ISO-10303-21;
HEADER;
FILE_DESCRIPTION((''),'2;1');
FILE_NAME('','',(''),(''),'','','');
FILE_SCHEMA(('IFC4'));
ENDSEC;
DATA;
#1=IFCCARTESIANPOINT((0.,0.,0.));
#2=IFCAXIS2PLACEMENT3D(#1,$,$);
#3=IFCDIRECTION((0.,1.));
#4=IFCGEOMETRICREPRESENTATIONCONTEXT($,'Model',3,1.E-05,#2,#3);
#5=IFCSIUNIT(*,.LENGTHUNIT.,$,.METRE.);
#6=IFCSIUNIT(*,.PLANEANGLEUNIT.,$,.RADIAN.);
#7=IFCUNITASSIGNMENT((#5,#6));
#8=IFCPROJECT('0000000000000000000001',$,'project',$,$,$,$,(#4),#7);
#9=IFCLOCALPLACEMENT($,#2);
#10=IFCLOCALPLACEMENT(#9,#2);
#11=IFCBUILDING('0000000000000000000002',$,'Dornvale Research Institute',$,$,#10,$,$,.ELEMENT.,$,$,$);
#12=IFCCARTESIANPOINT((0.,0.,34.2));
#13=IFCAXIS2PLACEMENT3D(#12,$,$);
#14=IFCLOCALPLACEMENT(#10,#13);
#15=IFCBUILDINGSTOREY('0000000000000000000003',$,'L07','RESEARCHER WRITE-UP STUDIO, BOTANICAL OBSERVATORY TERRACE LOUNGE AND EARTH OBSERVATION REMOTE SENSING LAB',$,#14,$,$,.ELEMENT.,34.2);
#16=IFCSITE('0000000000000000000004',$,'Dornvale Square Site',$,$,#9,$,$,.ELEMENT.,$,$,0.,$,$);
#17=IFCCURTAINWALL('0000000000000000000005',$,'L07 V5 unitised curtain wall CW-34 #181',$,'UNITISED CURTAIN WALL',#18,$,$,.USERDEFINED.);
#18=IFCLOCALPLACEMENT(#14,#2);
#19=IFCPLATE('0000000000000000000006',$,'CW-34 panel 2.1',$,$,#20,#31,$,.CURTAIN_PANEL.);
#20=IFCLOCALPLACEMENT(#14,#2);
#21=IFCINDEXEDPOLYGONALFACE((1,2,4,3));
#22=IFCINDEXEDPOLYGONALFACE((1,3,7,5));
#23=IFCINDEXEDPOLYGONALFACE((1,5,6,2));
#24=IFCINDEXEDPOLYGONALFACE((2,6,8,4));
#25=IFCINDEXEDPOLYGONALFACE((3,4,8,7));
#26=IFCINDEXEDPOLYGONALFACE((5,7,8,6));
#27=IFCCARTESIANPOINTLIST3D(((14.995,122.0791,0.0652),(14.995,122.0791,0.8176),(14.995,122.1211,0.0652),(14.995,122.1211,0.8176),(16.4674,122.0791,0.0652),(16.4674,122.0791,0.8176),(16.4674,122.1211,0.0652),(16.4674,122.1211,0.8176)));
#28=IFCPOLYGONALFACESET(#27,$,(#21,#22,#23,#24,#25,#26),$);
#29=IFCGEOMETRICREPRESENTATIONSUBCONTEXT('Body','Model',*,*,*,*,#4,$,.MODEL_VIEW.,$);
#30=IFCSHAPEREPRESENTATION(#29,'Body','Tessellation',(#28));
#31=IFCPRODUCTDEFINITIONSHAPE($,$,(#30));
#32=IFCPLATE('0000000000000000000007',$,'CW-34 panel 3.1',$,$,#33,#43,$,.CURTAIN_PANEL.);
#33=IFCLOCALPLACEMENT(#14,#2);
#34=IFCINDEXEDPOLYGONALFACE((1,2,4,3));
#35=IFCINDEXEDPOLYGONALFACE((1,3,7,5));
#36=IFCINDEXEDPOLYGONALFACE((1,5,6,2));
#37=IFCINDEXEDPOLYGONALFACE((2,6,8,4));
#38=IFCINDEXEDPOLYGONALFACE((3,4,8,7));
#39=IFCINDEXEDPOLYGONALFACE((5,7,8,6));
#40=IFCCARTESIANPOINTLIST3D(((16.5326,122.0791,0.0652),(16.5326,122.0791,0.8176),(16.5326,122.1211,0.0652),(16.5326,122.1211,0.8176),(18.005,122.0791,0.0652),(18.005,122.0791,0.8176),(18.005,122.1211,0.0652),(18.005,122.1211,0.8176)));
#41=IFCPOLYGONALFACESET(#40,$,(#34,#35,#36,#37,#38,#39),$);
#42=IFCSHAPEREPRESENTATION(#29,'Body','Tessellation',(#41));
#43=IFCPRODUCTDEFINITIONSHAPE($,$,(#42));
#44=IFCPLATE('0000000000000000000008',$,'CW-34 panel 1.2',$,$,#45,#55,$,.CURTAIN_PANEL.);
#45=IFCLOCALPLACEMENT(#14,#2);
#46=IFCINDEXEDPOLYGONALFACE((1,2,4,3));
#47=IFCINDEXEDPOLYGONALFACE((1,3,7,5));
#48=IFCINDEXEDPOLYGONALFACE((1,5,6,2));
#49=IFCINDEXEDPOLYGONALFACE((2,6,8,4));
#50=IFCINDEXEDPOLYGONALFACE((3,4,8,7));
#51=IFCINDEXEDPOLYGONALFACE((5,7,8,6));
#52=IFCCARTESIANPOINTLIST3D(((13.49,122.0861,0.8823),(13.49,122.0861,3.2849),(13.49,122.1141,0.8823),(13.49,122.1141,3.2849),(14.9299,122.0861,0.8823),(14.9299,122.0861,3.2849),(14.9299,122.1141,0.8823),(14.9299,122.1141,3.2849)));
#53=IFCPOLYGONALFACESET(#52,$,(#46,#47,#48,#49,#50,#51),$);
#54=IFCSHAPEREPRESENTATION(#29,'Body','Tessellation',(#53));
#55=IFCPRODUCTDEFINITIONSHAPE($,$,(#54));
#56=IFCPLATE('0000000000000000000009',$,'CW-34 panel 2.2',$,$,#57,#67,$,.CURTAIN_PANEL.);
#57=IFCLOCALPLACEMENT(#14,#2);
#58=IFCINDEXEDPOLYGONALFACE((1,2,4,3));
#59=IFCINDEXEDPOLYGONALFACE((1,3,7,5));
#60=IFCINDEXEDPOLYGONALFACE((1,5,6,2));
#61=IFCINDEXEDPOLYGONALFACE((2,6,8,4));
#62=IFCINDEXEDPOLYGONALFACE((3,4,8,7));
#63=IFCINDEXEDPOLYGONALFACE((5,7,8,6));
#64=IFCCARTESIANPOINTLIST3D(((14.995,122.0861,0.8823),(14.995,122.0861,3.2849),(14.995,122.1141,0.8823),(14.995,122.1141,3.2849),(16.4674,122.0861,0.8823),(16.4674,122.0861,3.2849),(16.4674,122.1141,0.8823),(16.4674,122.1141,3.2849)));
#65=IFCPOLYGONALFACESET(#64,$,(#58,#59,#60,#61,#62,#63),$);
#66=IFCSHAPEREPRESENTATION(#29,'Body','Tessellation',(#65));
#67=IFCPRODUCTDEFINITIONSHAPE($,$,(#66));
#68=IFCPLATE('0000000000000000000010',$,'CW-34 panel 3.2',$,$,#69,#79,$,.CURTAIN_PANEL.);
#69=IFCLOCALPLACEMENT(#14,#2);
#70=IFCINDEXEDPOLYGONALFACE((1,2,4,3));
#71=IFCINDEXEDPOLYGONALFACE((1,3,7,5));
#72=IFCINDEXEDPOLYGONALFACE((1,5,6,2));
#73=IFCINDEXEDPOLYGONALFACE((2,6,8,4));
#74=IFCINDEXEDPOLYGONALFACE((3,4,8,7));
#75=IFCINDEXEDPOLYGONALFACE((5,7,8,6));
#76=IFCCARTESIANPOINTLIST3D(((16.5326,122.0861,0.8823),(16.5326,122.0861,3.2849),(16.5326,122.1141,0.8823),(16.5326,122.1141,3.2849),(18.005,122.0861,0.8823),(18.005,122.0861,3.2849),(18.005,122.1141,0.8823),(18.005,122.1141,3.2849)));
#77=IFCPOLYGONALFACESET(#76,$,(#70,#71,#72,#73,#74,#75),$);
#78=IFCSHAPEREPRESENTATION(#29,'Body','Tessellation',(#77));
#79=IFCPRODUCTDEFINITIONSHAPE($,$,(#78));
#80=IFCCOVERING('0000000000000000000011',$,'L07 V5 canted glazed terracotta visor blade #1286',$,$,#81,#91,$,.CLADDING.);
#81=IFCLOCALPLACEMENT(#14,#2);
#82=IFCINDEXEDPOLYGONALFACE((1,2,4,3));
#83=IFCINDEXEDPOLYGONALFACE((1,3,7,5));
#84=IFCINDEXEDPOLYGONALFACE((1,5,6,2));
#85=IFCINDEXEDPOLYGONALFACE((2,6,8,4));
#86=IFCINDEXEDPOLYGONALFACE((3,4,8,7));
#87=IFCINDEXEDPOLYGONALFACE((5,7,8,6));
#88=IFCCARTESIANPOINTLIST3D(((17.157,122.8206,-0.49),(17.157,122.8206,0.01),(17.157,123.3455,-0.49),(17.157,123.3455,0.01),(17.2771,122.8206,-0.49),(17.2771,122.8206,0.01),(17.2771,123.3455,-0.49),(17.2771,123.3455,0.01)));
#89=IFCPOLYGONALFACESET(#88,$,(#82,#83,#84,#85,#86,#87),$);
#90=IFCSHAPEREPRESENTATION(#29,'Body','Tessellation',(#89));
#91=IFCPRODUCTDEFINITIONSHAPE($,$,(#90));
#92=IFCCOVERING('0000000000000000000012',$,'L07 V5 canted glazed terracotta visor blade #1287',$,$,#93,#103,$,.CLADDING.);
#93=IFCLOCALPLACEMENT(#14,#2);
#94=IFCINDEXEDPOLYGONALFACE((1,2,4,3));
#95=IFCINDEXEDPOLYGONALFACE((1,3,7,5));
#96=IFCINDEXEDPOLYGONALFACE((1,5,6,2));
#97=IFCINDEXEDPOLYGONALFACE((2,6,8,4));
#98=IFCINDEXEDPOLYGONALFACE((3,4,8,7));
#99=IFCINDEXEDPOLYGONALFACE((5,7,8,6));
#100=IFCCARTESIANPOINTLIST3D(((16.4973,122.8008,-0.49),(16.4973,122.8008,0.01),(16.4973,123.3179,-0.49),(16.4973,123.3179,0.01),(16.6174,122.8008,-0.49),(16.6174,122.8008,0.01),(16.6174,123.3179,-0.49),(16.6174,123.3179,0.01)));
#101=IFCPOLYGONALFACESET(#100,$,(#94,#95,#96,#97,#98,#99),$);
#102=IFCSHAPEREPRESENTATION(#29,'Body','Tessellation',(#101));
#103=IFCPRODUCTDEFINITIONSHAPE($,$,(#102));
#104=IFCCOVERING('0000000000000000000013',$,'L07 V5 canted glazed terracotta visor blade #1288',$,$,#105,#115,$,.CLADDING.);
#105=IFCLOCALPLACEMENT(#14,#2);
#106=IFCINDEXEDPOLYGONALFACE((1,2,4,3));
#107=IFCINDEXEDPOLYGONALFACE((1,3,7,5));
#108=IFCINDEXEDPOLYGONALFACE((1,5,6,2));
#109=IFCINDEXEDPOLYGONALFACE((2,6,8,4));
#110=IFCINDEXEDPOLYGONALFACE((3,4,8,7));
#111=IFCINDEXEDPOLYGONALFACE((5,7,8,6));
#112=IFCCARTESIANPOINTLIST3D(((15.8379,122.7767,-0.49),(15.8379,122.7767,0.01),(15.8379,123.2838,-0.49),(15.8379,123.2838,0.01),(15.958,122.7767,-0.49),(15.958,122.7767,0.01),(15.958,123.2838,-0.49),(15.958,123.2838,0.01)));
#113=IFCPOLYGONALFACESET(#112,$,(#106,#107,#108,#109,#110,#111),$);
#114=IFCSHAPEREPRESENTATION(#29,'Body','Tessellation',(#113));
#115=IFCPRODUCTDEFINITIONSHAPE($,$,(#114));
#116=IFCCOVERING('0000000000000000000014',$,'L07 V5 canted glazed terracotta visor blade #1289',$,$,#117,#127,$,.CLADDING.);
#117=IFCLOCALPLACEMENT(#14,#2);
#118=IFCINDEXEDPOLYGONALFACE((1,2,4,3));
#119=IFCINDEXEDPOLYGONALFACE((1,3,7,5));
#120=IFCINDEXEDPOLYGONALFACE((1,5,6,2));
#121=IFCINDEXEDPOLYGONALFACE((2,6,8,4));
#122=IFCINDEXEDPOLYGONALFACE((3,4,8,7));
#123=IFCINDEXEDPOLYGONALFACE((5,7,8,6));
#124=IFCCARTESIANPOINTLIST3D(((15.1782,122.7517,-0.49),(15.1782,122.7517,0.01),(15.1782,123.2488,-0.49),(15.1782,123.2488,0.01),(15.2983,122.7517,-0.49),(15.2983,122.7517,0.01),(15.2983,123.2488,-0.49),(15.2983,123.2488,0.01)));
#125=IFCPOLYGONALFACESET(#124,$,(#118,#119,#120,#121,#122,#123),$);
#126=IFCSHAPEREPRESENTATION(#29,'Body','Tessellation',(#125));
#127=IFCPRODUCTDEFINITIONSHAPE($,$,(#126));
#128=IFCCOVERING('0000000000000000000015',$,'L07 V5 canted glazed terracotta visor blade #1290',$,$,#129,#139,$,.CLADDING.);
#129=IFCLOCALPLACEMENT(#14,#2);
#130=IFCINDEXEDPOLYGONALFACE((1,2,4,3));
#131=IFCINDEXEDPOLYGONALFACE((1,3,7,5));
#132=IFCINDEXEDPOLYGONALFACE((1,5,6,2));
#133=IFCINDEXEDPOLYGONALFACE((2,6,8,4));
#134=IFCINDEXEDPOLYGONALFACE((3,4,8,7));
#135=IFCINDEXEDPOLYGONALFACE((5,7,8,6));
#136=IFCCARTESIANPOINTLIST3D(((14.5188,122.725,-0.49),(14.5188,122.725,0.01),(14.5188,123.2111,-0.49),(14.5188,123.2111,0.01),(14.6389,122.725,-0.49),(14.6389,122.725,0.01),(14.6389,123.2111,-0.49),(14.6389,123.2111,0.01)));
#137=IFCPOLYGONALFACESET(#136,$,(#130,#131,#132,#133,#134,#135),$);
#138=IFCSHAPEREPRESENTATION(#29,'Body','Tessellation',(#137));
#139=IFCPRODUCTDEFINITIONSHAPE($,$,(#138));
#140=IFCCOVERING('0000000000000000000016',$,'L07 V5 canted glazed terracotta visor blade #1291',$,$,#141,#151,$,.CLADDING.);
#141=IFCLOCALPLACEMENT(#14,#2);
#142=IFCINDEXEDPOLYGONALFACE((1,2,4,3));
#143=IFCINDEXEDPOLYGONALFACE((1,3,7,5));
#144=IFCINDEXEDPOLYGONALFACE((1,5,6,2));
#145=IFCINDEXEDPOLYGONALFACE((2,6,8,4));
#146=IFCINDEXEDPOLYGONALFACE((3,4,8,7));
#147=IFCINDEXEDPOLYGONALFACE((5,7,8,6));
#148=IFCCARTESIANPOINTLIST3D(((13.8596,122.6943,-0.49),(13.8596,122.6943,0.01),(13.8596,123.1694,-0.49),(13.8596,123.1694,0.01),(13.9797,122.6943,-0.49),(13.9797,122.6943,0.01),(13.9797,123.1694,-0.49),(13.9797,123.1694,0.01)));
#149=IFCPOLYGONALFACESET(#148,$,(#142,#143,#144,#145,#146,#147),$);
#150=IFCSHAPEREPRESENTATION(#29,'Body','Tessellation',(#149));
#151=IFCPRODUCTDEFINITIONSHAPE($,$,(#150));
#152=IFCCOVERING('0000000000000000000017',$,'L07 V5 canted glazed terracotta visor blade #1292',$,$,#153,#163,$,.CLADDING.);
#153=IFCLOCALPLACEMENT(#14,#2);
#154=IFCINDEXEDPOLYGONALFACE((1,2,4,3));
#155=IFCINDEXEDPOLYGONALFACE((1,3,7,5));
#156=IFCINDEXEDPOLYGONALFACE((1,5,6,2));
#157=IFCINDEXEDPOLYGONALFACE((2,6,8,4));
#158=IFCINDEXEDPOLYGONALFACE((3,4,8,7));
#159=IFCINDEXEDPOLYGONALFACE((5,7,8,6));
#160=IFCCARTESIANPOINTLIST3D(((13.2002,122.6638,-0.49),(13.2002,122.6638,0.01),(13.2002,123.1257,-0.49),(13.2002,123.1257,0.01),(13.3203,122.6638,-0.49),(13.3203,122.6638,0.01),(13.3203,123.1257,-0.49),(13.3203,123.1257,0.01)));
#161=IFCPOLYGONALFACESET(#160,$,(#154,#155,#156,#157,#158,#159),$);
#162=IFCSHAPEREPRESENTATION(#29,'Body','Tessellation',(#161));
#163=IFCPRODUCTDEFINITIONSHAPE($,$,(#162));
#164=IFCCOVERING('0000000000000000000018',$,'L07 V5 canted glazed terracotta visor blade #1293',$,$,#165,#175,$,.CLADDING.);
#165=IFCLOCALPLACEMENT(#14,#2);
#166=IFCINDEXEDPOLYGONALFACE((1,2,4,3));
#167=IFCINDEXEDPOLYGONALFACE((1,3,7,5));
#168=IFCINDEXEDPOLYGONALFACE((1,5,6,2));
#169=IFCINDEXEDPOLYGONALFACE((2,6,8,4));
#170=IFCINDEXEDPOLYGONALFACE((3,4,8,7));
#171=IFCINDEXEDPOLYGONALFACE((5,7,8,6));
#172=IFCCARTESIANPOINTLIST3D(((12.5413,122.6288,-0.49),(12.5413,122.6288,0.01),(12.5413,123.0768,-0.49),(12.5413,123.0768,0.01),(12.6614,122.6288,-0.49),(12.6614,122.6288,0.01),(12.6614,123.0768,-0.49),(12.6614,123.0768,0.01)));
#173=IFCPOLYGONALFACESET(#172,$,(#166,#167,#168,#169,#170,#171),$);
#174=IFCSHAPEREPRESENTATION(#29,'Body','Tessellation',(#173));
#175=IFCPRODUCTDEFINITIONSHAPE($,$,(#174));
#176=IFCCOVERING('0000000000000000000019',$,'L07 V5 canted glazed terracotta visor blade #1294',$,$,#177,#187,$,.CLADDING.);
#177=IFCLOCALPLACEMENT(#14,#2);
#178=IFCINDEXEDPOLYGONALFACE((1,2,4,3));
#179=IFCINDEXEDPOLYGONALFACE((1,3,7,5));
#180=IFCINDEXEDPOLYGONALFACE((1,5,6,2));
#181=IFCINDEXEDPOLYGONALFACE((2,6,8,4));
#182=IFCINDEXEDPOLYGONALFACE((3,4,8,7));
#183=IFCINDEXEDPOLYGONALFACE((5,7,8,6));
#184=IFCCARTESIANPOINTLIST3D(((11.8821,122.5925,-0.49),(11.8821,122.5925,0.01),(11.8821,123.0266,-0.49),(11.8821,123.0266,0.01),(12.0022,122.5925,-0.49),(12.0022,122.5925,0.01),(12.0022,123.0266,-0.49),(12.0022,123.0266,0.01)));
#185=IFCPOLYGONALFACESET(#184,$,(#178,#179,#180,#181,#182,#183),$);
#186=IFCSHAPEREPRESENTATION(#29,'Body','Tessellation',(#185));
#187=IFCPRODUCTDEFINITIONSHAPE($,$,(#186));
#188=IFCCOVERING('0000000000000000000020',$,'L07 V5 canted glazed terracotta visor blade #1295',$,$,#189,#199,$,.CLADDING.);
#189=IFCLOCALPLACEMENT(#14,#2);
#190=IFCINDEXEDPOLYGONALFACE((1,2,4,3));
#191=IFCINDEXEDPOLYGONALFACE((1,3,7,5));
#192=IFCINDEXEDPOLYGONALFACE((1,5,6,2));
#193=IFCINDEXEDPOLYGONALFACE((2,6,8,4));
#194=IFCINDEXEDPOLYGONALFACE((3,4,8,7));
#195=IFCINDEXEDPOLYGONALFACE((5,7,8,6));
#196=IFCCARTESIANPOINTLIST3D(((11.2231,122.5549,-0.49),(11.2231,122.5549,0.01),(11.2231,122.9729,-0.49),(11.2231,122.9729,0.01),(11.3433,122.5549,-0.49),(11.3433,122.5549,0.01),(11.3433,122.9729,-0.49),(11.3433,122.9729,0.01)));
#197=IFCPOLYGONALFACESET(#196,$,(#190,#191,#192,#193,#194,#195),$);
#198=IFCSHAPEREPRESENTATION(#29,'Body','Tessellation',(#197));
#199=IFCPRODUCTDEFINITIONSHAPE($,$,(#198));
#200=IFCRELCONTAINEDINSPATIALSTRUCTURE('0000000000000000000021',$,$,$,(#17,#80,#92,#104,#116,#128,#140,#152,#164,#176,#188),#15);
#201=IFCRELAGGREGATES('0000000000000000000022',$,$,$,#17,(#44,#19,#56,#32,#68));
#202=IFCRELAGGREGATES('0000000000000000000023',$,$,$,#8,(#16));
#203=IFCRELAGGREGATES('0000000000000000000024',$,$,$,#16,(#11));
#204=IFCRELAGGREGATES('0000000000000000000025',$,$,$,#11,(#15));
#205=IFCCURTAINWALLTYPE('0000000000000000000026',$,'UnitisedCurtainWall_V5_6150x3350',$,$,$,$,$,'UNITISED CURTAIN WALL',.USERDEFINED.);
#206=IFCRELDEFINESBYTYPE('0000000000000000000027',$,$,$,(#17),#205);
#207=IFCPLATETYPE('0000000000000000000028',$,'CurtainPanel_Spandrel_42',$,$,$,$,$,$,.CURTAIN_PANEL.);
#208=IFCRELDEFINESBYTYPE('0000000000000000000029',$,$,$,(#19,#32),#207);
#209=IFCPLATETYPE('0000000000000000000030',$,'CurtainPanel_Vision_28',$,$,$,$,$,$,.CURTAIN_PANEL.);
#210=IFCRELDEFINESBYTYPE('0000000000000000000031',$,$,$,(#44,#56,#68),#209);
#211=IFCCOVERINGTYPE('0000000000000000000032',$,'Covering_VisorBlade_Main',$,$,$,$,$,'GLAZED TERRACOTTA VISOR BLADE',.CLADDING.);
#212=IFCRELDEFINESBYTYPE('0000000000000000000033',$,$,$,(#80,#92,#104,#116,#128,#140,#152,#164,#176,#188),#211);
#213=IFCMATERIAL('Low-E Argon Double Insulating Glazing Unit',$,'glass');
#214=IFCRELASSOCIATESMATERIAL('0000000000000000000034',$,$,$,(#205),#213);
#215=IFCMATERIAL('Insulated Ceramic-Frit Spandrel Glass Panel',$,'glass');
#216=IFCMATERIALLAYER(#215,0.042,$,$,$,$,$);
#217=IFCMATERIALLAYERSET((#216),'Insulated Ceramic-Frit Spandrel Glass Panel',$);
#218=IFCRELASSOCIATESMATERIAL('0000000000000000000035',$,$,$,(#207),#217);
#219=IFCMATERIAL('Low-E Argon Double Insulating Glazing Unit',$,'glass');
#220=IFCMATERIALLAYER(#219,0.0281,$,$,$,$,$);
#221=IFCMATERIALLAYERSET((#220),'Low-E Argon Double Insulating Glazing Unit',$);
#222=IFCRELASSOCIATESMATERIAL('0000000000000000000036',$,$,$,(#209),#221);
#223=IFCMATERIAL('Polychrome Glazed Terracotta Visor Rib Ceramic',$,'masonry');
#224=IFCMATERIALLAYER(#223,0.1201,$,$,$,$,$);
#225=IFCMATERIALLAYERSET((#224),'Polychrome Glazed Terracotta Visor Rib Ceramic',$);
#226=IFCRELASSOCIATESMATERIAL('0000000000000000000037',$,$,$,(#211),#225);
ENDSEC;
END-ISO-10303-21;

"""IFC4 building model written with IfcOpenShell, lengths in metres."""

from ifc_helpers import new_model, si_unit, direction, frame, origin, origin_2d, place, context, subcontext, project, spatial, rectangle, extrude, material, layer, layer_set, type_object, element, aggregate, save


model = new_model("IFC4")

# Units and contexts
model_context = context("Model", 3, precision=1e-05, world=origin(), true_north=direction((0.0, 1.0)))
body_context = subcontext(model_context, "Body", "Model", "MODEL_VIEW")
ifc_project = project(units=[si_unit("LENGTHUNIT", "METRE"), si_unit("PLANEANGLEUNIT", "RADIAN")], contexts=[model_context])

# Site, building, storey
site_placement = place(None, origin())
site = spatial("IfcSite", under=ifc_project, at=site_placement, Name="Dornvale Square Site", CompositionType="ELEMENT", RefElevation=0.0)
building_placement = place(site_placement, origin())
building = spatial("IfcBuilding", under=site, at=building_placement, Name="Dornvale Research Institute", CompositionType="ELEMENT")
storey_placement = place(building_placement, frame((0.0, 0.0, 34.2)))
storey = spatial("IfcBuildingStorey", under=building, at=storey_placement, Name="L07", Description="RESEARCHER WRITE-UP STUDIO, BOTANICAL OBSERVATORY TERRACE LOUNGE AND EARTH OBSERVATION REMOTE SENSING LAB", CompositionType="ELEMENT", Elevation=34.2)

# Curtain wall
ifc_material_1 = material(Name="Low-E Argon Double Insulating Glazing Unit", Category="glass")
curtain_wall_type = type_object("IfcCurtainWallType", Name="UnitisedCurtainWall_V5_6150x3350", ElementType="UNITISED CURTAIN WALL", PredefinedType="USERDEFINED", material=ifc_material_1)
curtain_wall_placement = place(storey_placement, origin())
curtain_wall = element("IfcCurtainWall", 1, at=curtain_wall_placement, inside=storey, type_object=curtain_wall_type, Name="L07 V5 unitised curtain wall CW-34 #181", ObjectType="UNITISED CURTAIN WALL", PredefinedType="USERDEFINED")

# Plates
ifc_material_2 = material(Name="Insulated Ceramic-Frit Spandrel Glass Panel", Category="glass")
ifc_layer_1 = layer(ifc_material_2, 0.042)
ifc_layer_set_1 = layer_set([ifc_layer_1], Name="Insulated Ceramic-Frit Spandrel Glass Panel")
plate_type_1 = type_object("IfcPlateType", Name="CurtainPanel_Spandrel_42", PredefinedType="CURTAIN_PANEL", material=ifc_layer_set_1)
plate_1_placement = place(storey_placement, frame((15.7312, 122.1001, 0.0652), z_axis=(0.0, 0.0, 1.0), x_axis=(1.0, 0.0, 0.0)))
plate_1 = element("IfcPlate", 2, at=plate_1_placement, type_object=plate_type_1, Name="CW-34 panel 2.1", PredefinedType="CURTAIN_PANEL", context=body_context, shape_type="SweptSolid", body=[
    extrude(rectangle(XDim=1.4724, YDim=0.042, at=origin_2d()), origin(), (0.0, 0.0, 1.0), 0.7524),
])
plate_2_placement = place(storey_placement, frame((17.2688, 122.1001, 0.0652), z_axis=(0.0, 0.0, 1.0), x_axis=(1.0, 0.0, 0.0)))
plate_2 = element("IfcPlate", 3, at=plate_2_placement, type_object=plate_type_1, Name="CW-34 panel 3.1", PredefinedType="CURTAIN_PANEL", context=body_context, shape_type="SweptSolid", body=[
    extrude(rectangle(XDim=1.4724, YDim=0.042, at=origin_2d()), origin(), (0.0, 0.0, 1.0), 0.7524),
])
ifc_material_3 = material(Name="Low-E Argon Double Insulating Glazing Unit", Category="glass")
ifc_layer_2 = layer(ifc_material_3, 0.0281)
ifc_layer_set_2 = layer_set([ifc_layer_2], Name="Low-E Argon Double Insulating Glazing Unit")
plate_type_2 = type_object("IfcPlateType", Name="CurtainPanel_Vision_28", PredefinedType="CURTAIN_PANEL", material=ifc_layer_set_2)
plate_3_placement = place(storey_placement, frame((14.21, 122.1001, 0.8823), z_axis=(0.0, 0.0, 1.0), x_axis=(1.0, 0.0, 0.0)))
plate_3 = element("IfcPlate", 4, at=plate_3_placement, type_object=plate_type_2, Name="CW-34 panel 1.2", PredefinedType="CURTAIN_PANEL", context=body_context, shape_type="SweptSolid", body=[
    extrude(rectangle(XDim=1.4399, YDim=0.0281, at=origin_2d()), origin(), (0.0, 0.0, 1.0), 2.4026),
])
plate_4_placement = place(storey_placement, frame((15.7312, 122.1001, 0.8823), z_axis=(0.0, 0.0, 1.0), x_axis=(1.0, 0.0, 0.0)))
plate_4 = element("IfcPlate", 5, at=plate_4_placement, type_object=plate_type_2, Name="CW-34 panel 2.2", PredefinedType="CURTAIN_PANEL", context=body_context, shape_type="SweptSolid", body=[
    extrude(rectangle(XDim=1.4724, YDim=0.0281, at=origin_2d()), origin(), (0.0, 0.0, 1.0), 2.4026),
])
plate_5_placement = place(storey_placement, frame((17.2688, 122.1001, 0.8823), z_axis=(0.0, 0.0, 1.0), x_axis=(1.0, 0.0, 0.0)))
plate_5 = element("IfcPlate", 6, at=plate_5_placement, type_object=plate_type_2, Name="CW-34 panel 3.2", PredefinedType="CURTAIN_PANEL", context=body_context, shape_type="SweptSolid", body=[
    extrude(rectangle(XDim=1.4724, YDim=0.0281, at=origin_2d()), origin(), (0.0, 0.0, 1.0), 2.4026),
])
aggregate(curtain_wall, [plate_3, plate_1, plate_4, plate_2, plate_5])

# Coverings
ifc_material_4 = material(Name="Polychrome Glazed Terracotta Visor Rib Ceramic", Category="masonry")
ifc_layer_3 = layer(ifc_material_4, 0.1201)
ifc_layer_set_3 = layer_set([ifc_layer_3], Name="Polychrome Glazed Terracotta Visor Rib Ceramic")
covering_type = type_object("IfcCoveringType", Name="Covering_VisorBlade_Main", ElementType="GLAZED TERRACOTTA VISOR BLADE", PredefinedType="CLADDING", material=ifc_layer_set_3)
covering_1_placement = place(storey_placement, frame((17.217, 123.083, -0.49), z_axis=(0.0, 0.0, 1.0), x_axis=(0.0, 1.0, 0.0)))
element("IfcCovering", 7, at=covering_1_placement, inside=storey, type_object=covering_type, Name="L07 V5 canted glazed terracotta visor blade #1286", PredefinedType="CLADDING", context=body_context, shape_type="SweptSolid", body=[
    extrude(rectangle(XDim=0.5249, YDim=0.1201, at=origin_2d()), origin(), (0.0, 0.0, 1.0), 0.5),
])
covering_2_placement = place(storey_placement, frame((16.5574, 123.0593, -0.49), z_axis=(0.0, 0.0, 1.0), x_axis=(0.0, 1.0, 0.0)))
element("IfcCovering", 8, at=covering_2_placement, inside=storey, type_object=covering_type, Name="L07 V5 canted glazed terracotta visor blade #1287", PredefinedType="CLADDING", context=body_context, shape_type="SweptSolid", body=[
    extrude(rectangle(XDim=0.5171, YDim=0.1201, at=origin_2d()), origin(), (0.0, 0.0, 1.0), 0.5),
])
covering_3_placement = place(storey_placement, frame((15.8979, 123.0303, -0.49), z_axis=(0.0, 0.0, 1.0), x_axis=(0.0, 1.0, 0.0)))
element("IfcCovering", 9, at=covering_3_placement, inside=storey, type_object=covering_type, Name="L07 V5 canted glazed terracotta visor blade #1288", PredefinedType="CLADDING", context=body_context, shape_type="SweptSolid", body=[
    extrude(rectangle(XDim=0.5071, YDim=0.1201, at=origin_2d()), origin(), (0.0, 0.0, 1.0), 0.5),
])
covering_4_placement = place(storey_placement, frame((15.2383, 123.0002, -0.49), z_axis=(0.0, 0.0, 1.0), x_axis=(0.0, 1.0, 0.0)))
element("IfcCovering", 10, at=covering_4_placement, inside=storey, type_object=covering_type, Name="L07 V5 canted glazed terracotta visor blade #1289", PredefinedType="CLADDING", context=body_context, shape_type="SweptSolid", body=[
    extrude(rectangle(XDim=0.4971, YDim=0.1201, at=origin_2d()), origin(), (0.0, 0.0, 1.0), 0.5),
])
covering_5_placement = place(storey_placement, frame((14.5789, 122.968, -0.49), z_axis=(0.0, 0.0, 1.0), x_axis=(0.0, 1.0, 0.0)))
element("IfcCovering", 11, at=covering_5_placement, inside=storey, type_object=covering_type, Name="L07 V5 canted glazed terracotta visor blade #1290", PredefinedType="CLADDING", context=body_context, shape_type="SweptSolid", body=[
    extrude(rectangle(XDim=0.4861, YDim=0.1201, at=origin_2d()), origin(), (0.0, 0.0, 1.0), 0.5),
])
covering_6_placement = place(storey_placement, frame((13.9197, 122.9319, -0.49), z_axis=(0.0, 0.0, 1.0), x_axis=(0.0, 1.0, 0.0)))
element("IfcCovering", 12, at=covering_6_placement, inside=storey, type_object=covering_type, Name="L07 V5 canted glazed terracotta visor blade #1291", PredefinedType="CLADDING", context=body_context, shape_type="SweptSolid", body=[
    extrude(rectangle(XDim=0.4751, YDim=0.1201, at=origin_2d()), origin(), (0.0, 0.0, 1.0), 0.5),
])
covering_7_placement = place(storey_placement, frame((13.2603, 122.8948, -0.49), z_axis=(0.0, 0.0, 1.0), x_axis=(0.0, 1.0, 0.0)))
element("IfcCovering", 13, at=covering_7_placement, inside=storey, type_object=covering_type, Name="L07 V5 canted glazed terracotta visor blade #1292", PredefinedType="CLADDING", context=body_context, shape_type="SweptSolid", body=[
    extrude(rectangle(XDim=0.4619, YDim=0.1201, at=origin_2d()), origin(), (0.0, 0.0, 1.0), 0.5),
])
covering_8_placement = place(storey_placement, frame((12.6013, 122.8528, -0.49), z_axis=(0.0, 0.0, 1.0), x_axis=(0.0, 1.0, 0.0)))
element("IfcCovering", 14, at=covering_8_placement, inside=storey, type_object=covering_type, Name="L07 V5 canted glazed terracotta visor blade #1293", PredefinedType="CLADDING", context=body_context, shape_type="SweptSolid", body=[
    extrude(rectangle(XDim=0.448, YDim=0.1201, at=origin_2d()), origin(), (0.0, 0.0, 1.0), 0.5),
])
covering_9_placement = place(storey_placement, frame((11.9421, 122.8096, -0.49), z_axis=(0.0, 0.0, 1.0), x_axis=(0.0, 1.0, 0.0)))
element("IfcCovering", 15, at=covering_9_placement, inside=storey, type_object=covering_type, Name="L07 V5 canted glazed terracotta visor blade #1294", PredefinedType="CLADDING", context=body_context, shape_type="SweptSolid", body=[
    extrude(rectangle(XDim=0.4341, YDim=0.1201, at=origin_2d()), origin(), (0.0, 0.0, 1.0), 0.5),
])
covering_10_placement = place(storey_placement, frame((11.2832, 122.7639, -0.49), z_axis=(0.0, 0.0, 1.0), x_axis=(0.0, 1.0, 0.0)))
element("IfcCovering", 16, at=covering_10_placement, inside=storey, type_object=covering_type, Name="L07 V5 canted glazed terracotta visor blade #1295", PredefinedType="CLADDING", context=body_context, shape_type="SweptSolid", body=[
    extrude(rectangle(XDim=0.418, YDim=0.1201, at=origin_2d()), origin(), (0.0, 0.0, 1.0), 0.5),
])

save(model, "model.ifc")
